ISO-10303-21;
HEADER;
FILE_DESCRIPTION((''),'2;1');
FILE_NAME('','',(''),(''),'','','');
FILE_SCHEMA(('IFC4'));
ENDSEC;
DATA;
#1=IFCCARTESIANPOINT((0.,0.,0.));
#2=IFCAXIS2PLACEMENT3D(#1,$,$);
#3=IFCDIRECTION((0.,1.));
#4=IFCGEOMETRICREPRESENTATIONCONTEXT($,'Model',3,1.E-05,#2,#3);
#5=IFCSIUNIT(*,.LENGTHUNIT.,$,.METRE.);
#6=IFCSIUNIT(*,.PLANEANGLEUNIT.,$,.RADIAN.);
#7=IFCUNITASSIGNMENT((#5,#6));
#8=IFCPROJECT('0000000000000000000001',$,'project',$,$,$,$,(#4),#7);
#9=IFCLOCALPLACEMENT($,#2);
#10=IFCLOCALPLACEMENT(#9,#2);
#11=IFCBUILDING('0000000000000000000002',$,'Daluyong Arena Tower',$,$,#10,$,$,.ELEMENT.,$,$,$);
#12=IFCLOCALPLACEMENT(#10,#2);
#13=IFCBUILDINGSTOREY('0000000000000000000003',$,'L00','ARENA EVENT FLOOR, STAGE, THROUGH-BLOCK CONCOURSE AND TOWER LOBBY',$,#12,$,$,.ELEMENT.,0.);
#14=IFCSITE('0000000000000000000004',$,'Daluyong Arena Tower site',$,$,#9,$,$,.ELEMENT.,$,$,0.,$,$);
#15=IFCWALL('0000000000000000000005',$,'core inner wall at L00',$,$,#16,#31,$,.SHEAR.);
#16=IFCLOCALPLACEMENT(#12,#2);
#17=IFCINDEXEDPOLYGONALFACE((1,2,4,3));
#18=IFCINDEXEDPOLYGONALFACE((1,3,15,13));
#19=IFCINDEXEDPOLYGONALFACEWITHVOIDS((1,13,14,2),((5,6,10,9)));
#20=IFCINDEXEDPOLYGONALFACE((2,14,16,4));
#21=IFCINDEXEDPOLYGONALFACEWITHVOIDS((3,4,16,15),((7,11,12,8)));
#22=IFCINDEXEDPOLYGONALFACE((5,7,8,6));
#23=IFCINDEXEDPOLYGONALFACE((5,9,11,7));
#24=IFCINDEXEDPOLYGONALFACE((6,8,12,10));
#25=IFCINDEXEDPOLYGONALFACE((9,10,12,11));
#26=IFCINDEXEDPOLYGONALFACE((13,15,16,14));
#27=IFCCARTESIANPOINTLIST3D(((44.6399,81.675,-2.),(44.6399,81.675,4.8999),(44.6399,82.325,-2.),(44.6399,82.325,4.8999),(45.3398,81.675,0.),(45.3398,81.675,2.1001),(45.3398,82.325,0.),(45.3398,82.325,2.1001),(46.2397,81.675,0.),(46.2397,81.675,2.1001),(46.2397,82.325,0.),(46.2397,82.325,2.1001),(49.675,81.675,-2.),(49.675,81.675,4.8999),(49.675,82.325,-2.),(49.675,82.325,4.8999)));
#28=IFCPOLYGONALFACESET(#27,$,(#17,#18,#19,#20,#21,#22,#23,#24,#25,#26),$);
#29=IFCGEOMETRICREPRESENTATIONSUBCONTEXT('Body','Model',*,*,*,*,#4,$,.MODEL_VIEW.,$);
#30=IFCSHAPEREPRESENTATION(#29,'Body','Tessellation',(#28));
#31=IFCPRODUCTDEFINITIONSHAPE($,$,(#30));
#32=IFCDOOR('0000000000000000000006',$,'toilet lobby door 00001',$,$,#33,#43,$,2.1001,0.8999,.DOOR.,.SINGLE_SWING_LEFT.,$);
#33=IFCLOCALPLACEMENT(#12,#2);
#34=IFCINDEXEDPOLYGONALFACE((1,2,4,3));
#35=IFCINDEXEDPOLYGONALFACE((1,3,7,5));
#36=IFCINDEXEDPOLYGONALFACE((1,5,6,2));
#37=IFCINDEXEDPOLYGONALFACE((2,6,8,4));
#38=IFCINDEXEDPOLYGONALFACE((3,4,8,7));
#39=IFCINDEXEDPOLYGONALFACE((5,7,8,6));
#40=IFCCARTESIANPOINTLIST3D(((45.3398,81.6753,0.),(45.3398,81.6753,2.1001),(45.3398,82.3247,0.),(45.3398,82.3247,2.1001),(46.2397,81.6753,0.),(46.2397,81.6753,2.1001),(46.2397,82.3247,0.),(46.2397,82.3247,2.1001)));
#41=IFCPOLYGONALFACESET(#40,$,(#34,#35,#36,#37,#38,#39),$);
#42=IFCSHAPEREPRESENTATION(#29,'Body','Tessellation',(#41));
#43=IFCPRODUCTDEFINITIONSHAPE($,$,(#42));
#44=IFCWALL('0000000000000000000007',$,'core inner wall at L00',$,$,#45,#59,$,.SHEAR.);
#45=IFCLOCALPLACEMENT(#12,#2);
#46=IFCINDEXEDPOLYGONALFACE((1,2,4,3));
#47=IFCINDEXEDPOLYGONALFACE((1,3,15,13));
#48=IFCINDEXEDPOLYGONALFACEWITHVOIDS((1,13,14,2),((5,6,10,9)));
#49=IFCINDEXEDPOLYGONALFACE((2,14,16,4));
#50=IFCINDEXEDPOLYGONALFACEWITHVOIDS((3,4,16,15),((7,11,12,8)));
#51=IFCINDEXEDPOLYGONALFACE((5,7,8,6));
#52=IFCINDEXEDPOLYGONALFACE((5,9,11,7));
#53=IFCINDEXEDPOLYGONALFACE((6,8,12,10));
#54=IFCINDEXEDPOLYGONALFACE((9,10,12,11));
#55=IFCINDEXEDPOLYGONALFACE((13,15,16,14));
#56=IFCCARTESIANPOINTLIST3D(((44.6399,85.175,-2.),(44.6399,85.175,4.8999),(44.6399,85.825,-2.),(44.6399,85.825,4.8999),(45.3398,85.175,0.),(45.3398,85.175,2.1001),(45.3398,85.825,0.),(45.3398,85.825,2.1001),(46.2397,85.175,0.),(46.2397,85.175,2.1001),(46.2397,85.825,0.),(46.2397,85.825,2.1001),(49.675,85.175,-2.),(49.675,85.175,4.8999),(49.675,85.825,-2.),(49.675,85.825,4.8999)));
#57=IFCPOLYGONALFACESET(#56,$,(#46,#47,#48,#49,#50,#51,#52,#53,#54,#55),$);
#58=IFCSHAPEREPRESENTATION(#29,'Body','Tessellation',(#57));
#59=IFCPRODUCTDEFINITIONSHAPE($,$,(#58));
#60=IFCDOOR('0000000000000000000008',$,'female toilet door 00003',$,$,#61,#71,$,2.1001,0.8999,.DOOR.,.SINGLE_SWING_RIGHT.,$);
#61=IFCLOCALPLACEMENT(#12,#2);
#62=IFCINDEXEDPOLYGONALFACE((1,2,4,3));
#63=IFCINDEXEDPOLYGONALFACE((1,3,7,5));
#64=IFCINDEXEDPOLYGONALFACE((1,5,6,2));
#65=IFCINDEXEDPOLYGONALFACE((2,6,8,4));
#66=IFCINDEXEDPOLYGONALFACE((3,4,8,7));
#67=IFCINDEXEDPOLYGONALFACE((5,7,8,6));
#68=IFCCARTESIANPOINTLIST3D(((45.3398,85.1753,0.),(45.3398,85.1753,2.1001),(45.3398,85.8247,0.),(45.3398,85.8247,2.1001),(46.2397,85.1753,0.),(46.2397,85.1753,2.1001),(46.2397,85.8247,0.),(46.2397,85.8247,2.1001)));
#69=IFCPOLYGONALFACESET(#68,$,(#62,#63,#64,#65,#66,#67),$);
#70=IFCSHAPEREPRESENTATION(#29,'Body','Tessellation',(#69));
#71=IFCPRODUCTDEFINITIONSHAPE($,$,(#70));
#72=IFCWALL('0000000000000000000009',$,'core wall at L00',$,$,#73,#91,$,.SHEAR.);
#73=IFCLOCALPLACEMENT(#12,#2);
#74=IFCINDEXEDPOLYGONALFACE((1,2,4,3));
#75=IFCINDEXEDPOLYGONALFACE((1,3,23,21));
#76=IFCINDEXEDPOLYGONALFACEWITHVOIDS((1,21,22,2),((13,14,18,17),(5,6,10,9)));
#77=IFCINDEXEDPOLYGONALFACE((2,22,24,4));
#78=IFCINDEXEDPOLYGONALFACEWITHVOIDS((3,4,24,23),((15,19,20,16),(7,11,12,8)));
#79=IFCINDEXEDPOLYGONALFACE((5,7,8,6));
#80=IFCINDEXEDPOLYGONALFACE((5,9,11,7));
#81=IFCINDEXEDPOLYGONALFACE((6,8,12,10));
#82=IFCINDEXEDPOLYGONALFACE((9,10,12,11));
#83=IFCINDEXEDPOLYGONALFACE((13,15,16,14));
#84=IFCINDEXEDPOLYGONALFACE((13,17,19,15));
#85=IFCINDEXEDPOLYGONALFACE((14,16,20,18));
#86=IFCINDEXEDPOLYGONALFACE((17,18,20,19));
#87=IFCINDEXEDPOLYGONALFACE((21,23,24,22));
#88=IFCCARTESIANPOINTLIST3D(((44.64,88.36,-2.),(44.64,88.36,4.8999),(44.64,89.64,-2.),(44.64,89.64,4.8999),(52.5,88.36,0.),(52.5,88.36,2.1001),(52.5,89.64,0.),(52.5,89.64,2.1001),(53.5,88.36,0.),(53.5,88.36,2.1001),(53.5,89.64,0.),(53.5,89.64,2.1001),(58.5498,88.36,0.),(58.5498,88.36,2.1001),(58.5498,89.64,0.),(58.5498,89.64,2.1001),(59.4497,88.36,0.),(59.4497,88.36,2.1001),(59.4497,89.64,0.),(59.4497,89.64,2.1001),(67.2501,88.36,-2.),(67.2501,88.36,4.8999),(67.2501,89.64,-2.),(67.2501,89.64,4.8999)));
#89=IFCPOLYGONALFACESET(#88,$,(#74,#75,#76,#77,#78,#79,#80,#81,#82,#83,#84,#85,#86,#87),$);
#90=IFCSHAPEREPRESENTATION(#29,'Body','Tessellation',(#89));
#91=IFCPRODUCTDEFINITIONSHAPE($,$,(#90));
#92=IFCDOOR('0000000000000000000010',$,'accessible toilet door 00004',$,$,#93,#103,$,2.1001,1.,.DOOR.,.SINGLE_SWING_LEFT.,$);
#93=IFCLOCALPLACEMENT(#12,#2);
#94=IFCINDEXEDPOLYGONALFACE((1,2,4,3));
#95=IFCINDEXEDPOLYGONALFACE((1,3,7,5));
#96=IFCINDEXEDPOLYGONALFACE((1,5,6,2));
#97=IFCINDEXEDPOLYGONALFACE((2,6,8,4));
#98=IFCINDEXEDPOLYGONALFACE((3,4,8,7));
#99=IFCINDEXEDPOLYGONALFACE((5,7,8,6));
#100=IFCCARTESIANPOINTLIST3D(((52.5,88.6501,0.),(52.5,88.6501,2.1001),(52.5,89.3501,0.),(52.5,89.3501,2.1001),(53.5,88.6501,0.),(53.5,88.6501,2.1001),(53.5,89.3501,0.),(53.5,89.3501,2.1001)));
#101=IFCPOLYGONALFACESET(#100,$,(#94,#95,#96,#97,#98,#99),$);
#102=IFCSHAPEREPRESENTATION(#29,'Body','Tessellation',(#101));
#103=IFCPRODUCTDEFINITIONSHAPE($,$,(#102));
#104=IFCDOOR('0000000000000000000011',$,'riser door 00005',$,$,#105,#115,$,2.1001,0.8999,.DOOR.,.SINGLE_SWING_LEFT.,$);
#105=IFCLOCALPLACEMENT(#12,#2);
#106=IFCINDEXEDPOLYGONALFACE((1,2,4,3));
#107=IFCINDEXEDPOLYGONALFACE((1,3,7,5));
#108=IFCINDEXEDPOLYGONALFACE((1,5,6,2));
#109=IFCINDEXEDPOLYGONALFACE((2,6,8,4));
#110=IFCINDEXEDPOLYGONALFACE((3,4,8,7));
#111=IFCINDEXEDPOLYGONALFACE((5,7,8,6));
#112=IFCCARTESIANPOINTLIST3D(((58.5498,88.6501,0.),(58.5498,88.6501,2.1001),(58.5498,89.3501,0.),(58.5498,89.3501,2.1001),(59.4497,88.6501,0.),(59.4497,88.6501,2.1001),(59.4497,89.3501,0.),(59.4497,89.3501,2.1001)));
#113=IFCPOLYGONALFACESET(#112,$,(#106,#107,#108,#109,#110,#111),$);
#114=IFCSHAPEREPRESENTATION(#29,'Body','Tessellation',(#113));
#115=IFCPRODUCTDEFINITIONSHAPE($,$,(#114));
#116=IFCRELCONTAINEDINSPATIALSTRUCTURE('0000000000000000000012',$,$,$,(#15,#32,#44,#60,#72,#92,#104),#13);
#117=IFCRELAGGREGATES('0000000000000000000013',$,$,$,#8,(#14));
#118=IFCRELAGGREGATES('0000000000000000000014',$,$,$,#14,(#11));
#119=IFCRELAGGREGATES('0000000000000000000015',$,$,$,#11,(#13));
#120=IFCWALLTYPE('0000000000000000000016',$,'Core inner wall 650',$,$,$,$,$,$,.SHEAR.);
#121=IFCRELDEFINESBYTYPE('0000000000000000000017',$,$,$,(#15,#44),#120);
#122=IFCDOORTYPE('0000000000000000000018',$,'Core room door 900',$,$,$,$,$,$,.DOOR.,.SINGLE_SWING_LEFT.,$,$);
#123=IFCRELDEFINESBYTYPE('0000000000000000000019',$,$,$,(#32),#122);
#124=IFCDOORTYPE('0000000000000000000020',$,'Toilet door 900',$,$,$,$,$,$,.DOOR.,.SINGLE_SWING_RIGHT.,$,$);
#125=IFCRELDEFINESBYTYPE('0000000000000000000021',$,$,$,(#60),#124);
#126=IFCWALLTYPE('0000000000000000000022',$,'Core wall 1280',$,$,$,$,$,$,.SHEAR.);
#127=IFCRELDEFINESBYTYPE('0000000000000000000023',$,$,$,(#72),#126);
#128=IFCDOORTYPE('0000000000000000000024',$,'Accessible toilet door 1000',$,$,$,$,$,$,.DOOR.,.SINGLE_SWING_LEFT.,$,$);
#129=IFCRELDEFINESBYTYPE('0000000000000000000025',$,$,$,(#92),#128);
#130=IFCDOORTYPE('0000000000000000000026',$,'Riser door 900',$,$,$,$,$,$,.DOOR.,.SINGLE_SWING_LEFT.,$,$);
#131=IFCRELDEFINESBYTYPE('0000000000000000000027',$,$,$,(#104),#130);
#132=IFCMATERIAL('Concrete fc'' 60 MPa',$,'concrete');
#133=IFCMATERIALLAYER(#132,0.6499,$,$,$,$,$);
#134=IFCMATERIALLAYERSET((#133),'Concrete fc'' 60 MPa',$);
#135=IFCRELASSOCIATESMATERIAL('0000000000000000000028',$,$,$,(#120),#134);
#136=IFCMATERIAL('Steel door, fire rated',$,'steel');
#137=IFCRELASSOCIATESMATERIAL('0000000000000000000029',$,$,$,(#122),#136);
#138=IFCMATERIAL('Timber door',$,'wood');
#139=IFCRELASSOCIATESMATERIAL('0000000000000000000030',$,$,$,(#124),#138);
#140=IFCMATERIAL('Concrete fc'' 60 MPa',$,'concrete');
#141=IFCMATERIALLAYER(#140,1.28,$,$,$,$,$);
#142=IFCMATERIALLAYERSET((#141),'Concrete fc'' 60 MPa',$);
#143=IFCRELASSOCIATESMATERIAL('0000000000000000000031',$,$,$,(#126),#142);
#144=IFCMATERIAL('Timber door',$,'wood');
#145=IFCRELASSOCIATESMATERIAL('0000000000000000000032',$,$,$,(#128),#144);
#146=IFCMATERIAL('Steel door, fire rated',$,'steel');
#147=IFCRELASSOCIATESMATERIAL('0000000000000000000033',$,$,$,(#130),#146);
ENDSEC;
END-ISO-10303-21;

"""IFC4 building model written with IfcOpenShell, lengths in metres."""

from ifc_helpers import new_model, si_unit, direction, frame, frame_2d, origin, place, context, subcontext, project, spatial, rectangle, extrude, material, layer, layer_set, type_object, element, fill, save


model = new_model("IFC4")

# Units and contexts
model_context = context("Model", 3, precision=1e-05, world=origin(), true_north=direction((0.0, 1.0)))
body_context = subcontext(model_context, "Body", "Model", "MODEL_VIEW")
ifc_project = project(units=[si_unit("LENGTHUNIT", "METRE"), si_unit("PLANEANGLEUNIT", "RADIAN")], contexts=[model_context])

# Site, building, storey
site_placement = place(None, origin())
site = spatial("IfcSite", under=ifc_project, at=site_placement, Name="Daluyong Arena Tower site", CompositionType="ELEMENT", RefElevation=0.0)
building_placement = place(site_placement, origin())
building = spatial("IfcBuilding", under=site, at=building_placement, Name="Daluyong Arena Tower", CompositionType="ELEMENT")
storey_placement = place(building_placement, origin())
storey = spatial("IfcBuildingStorey", under=building, at=storey_placement, Name="L00", Description="ARENA EVENT FLOOR, STAGE, THROUGH-BLOCK CONCOURSE AND TOWER LOBBY", CompositionType="ELEMENT", Elevation=0.0)

# Walls, openings, doors
ifc_material_1 = material(Name="Concrete fc' 60 MPa", Category="concrete")
ifc_layer_1 = layer(ifc_material_1, 0.6499)
ifc_layer_set_1 = layer_set([ifc_layer_1], Name="Concrete fc' 60 MPa")
wall_type_1 = type_object("IfcWallType", Name="Core inner wall 650", PredefinedType="SHEAR", material=ifc_layer_set_1)
wall_1_placement = place(storey_placement, frame((44.6399, 82.0, -2.0), z_axis=(0.0, 0.0, 1.0), x_axis=(1.0, 0.0, 0.0)))
wall_1 = element("IfcWall", 1, at=wall_1_placement, inside=storey, type_object=wall_type_1, Name="core inner wall at L00", PredefinedType="SHEAR", context=body_context, shape_type="SweptSolid", body=[
    extrude(rectangle(XDim=5.0352, YDim=0.6499, at=frame_2d((2.5176, 0.0))), origin(), (0.0, 0.0, 1.0), 6.8999),
])
opening_1_placement = place(wall_1_placement, frame((0.7, 0.0, 2.0)))
opening_1 = element("IfcOpeningElement", 2, at=opening_1_placement, cuts=wall_1, PredefinedType="OPENING", context=body_context, shape_type="SweptSolid", body=[
    extrude(rectangle(XDim=0.8999, YDim=2.1001, at=frame_2d((0.45, 1.05))), frame((0.0, 0.335, 0.0), z_axis=(0.0, -1.0, 0.0), x_axis=(1.0, 0.0, 0.0)), (0.0, 0.0, 1.0), 0.6699),
])
ifc_material_2 = material(Name="Steel door, fire rated", Category="steel")
door_type_1 = type_object("IfcDoorType", Name="Core room door 900", OperationType="SINGLE_SWING_LEFT", PredefinedType="DOOR", material=ifc_material_2)
door_1_placement = place(opening_1_placement, origin())
door_1 = element("IfcDoor", 3, at=door_1_placement, inside=storey, type_object=door_type_1, Name="toilet lobby door 00001", OperationType="SINGLE_SWING_LEFT", OverallHeight=2.1001, OverallWidth=0.8999, PredefinedType="DOOR", context=body_context, shape_type="SweptSolid", body=[
    extrude(rectangle(XDim=0.8999, YDim=2.1001, at=frame_2d((0.45, 1.05))), frame((0.0, 0.3247, 0.0), z_axis=(0.0, -1.0, 0.0), x_axis=(1.0, 0.0, 0.0)), (0.0, 0.0, 1.0), 0.6494),
])
fill(opening_1, door_1)
wall_2_placement = place(storey_placement, frame((44.6399, 85.5, -2.0), z_axis=(0.0, 0.0, 1.0), x_axis=(1.0, 0.0, 0.0)))
wall_2 = element("IfcWall", 4, at=wall_2_placement, inside=storey, type_object=wall_type_1, Name="core inner wall at L00", PredefinedType="SHEAR", context=body_context, shape_type="SweptSolid", body=[
    extrude(rectangle(XDim=5.0352, YDim=0.6499, at=frame_2d((2.5176, 0.0))), origin(), (0.0, 0.0, 1.0), 6.8999),
])
opening_2_placement = place(wall_2_placement, frame((0.7, 0.0, 2.0)))
opening_2 = element("IfcOpeningElement", 5, at=opening_2_placement, cuts=wall_2, PredefinedType="OPENING", context=body_context, shape_type="SweptSolid", body=[
    extrude(rectangle(XDim=0.8999, YDim=2.1001, at=frame_2d((0.45, 1.05))), frame((0.0, 0.335, 0.0), z_axis=(0.0, -1.0, 0.0), x_axis=(1.0, 0.0, 0.0)), (0.0, 0.0, 1.0), 0.6699),
])
ifc_material_3 = material(Name="Timber door", Category="wood")
door_type_2 = type_object("IfcDoorType", Name="Toilet door 900", OperationType="SINGLE_SWING_RIGHT", PredefinedType="DOOR", material=ifc_material_3)
door_2_placement = place(opening_2_placement, origin())
door_2 = element("IfcDoor", 6, at=door_2_placement, inside=storey, type_object=door_type_2, Name="female toilet door 00003", OperationType="SINGLE_SWING_RIGHT", OverallHeight=2.1001, OverallWidth=0.8999, PredefinedType="DOOR", context=body_context, shape_type="SweptSolid", body=[
    extrude(rectangle(XDim=0.8999, YDim=2.1001, at=frame_2d((0.45, 1.05))), frame((0.0, 0.3247, 0.0), z_axis=(0.0, -1.0, 0.0), x_axis=(1.0, 0.0, 0.0)), (0.0, 0.0, 1.0), 0.6494),
])
fill(opening_2, door_2)

# Wall, openings, doors
ifc_material_4 = material(Name="Concrete fc' 60 MPa", Category="concrete")
ifc_layer_2 = layer(ifc_material_4, 1.28)
ifc_layer_set_2 = layer_set([ifc_layer_2], Name="Concrete fc' 60 MPa")
wall_type_2 = type_object("IfcWallType", Name="Core wall 1280", PredefinedType="SHEAR", material=ifc_layer_set_2)
wall_3_placement = place(storey_placement, frame((44.6399, 89.0, -2.0), z_axis=(0.0, 0.0, 1.0), x_axis=(1.0, 0.0, 0.0)))
wall_3 = element("IfcWall", 7, at=wall_3_placement, inside=storey, type_object=wall_type_2, Name="core wall at L00", PredefinedType="SHEAR", context=body_context, shape_type="SweptSolid", body=[
    extrude(rectangle(XDim=22.6101, YDim=1.28, at=frame_2d((11.3052, 0.0))), origin(), (0.0, 0.0, 1.0), 6.8999),
])
opening_3_placement = place(wall_3_placement, frame((7.8601, 0.0, 2.0)))
opening_3 = element("IfcOpeningElement", 8, at=opening_3_placement, cuts=wall_3, PredefinedType="OPENING", context=body_context, shape_type="SweptSolid", body=[
    extrude(rectangle(XDim=1.0, YDim=2.1001, at=frame_2d((0.5, 1.05))), frame((0.0, 0.6499, 0.0), z_axis=(0.0, -1.0, 0.0), x_axis=(1.0, 0.0, 0.0)), (0.0, 0.0, 1.0), 1.3),
])
opening_4_placement = place(wall_3_placement, frame((13.9099, 0.0, 2.0)))
opening_4 = element("IfcOpeningElement", 9, at=opening_4_placement, cuts=wall_3, PredefinedType="OPENING", context=body_context, shape_type="SweptSolid", body=[
    extrude(rectangle(XDim=0.8999, YDim=2.1001, at=frame_2d((0.45, 1.05))), frame((0.0, 0.6499, 0.0), z_axis=(0.0, -1.0, 0.0), x_axis=(1.0, 0.0, 0.0)), (0.0, 0.0, 1.0), 1.3),
])
ifc_material_5 = material(Name="Timber door", Category="wood")
door_type_3 = type_object("IfcDoorType", Name="Accessible toilet door 1000", OperationType="SINGLE_SWING_LEFT", PredefinedType="DOOR", material=ifc_material_5)
door_3_placement = place(opening_3_placement, origin())
door_3 = element("IfcDoor", 10, at=door_3_placement, inside=storey, type_object=door_type_3, Name="accessible toilet door 00004", OperationType="SINGLE_SWING_LEFT", OverallHeight=2.1001, OverallWidth=1.0, PredefinedType="DOOR", context=body_context, shape_type="SweptSolid", body=[
    extrude(rectangle(XDim=1.0, YDim=2.1001, at=frame_2d((0.5, 1.05))), frame((0.0, 0.3501, 0.0), z_axis=(0.0, -1.0, 0.0), x_axis=(1.0, 0.0, 0.0)), (0.0, 0.0, 1.0), 0.7),
])
fill(opening_3, door_3)
ifc_material_6 = material(Name="Steel door, fire rated", Category="steel")
door_type_4 = type_object("IfcDoorType", Name="Riser door 900", OperationType="SINGLE_SWING_LEFT", PredefinedType="DOOR", material=ifc_material_6)
door_4_placement = place(opening_4_placement, origin())
door_4 = element("IfcDoor", 11, at=door_4_placement, inside=storey, type_object=door_type_4, Name="riser door 00005", OperationType="SINGLE_SWING_LEFT", OverallHeight=2.1001, OverallWidth=0.8999, PredefinedType="DOOR", context=body_context, shape_type="SweptSolid", body=[
    extrude(rectangle(XDim=0.8999, YDim=2.1001, at=frame_2d((0.45, 1.05))), frame((0.0, 0.3501, 0.0), z_axis=(0.0, -1.0, 0.0), x_axis=(1.0, 0.0, 0.0)), (0.0, 0.0, 1.0), 0.7),
])
fill(opening_4, door_4)

save(model, "model.ifc")
